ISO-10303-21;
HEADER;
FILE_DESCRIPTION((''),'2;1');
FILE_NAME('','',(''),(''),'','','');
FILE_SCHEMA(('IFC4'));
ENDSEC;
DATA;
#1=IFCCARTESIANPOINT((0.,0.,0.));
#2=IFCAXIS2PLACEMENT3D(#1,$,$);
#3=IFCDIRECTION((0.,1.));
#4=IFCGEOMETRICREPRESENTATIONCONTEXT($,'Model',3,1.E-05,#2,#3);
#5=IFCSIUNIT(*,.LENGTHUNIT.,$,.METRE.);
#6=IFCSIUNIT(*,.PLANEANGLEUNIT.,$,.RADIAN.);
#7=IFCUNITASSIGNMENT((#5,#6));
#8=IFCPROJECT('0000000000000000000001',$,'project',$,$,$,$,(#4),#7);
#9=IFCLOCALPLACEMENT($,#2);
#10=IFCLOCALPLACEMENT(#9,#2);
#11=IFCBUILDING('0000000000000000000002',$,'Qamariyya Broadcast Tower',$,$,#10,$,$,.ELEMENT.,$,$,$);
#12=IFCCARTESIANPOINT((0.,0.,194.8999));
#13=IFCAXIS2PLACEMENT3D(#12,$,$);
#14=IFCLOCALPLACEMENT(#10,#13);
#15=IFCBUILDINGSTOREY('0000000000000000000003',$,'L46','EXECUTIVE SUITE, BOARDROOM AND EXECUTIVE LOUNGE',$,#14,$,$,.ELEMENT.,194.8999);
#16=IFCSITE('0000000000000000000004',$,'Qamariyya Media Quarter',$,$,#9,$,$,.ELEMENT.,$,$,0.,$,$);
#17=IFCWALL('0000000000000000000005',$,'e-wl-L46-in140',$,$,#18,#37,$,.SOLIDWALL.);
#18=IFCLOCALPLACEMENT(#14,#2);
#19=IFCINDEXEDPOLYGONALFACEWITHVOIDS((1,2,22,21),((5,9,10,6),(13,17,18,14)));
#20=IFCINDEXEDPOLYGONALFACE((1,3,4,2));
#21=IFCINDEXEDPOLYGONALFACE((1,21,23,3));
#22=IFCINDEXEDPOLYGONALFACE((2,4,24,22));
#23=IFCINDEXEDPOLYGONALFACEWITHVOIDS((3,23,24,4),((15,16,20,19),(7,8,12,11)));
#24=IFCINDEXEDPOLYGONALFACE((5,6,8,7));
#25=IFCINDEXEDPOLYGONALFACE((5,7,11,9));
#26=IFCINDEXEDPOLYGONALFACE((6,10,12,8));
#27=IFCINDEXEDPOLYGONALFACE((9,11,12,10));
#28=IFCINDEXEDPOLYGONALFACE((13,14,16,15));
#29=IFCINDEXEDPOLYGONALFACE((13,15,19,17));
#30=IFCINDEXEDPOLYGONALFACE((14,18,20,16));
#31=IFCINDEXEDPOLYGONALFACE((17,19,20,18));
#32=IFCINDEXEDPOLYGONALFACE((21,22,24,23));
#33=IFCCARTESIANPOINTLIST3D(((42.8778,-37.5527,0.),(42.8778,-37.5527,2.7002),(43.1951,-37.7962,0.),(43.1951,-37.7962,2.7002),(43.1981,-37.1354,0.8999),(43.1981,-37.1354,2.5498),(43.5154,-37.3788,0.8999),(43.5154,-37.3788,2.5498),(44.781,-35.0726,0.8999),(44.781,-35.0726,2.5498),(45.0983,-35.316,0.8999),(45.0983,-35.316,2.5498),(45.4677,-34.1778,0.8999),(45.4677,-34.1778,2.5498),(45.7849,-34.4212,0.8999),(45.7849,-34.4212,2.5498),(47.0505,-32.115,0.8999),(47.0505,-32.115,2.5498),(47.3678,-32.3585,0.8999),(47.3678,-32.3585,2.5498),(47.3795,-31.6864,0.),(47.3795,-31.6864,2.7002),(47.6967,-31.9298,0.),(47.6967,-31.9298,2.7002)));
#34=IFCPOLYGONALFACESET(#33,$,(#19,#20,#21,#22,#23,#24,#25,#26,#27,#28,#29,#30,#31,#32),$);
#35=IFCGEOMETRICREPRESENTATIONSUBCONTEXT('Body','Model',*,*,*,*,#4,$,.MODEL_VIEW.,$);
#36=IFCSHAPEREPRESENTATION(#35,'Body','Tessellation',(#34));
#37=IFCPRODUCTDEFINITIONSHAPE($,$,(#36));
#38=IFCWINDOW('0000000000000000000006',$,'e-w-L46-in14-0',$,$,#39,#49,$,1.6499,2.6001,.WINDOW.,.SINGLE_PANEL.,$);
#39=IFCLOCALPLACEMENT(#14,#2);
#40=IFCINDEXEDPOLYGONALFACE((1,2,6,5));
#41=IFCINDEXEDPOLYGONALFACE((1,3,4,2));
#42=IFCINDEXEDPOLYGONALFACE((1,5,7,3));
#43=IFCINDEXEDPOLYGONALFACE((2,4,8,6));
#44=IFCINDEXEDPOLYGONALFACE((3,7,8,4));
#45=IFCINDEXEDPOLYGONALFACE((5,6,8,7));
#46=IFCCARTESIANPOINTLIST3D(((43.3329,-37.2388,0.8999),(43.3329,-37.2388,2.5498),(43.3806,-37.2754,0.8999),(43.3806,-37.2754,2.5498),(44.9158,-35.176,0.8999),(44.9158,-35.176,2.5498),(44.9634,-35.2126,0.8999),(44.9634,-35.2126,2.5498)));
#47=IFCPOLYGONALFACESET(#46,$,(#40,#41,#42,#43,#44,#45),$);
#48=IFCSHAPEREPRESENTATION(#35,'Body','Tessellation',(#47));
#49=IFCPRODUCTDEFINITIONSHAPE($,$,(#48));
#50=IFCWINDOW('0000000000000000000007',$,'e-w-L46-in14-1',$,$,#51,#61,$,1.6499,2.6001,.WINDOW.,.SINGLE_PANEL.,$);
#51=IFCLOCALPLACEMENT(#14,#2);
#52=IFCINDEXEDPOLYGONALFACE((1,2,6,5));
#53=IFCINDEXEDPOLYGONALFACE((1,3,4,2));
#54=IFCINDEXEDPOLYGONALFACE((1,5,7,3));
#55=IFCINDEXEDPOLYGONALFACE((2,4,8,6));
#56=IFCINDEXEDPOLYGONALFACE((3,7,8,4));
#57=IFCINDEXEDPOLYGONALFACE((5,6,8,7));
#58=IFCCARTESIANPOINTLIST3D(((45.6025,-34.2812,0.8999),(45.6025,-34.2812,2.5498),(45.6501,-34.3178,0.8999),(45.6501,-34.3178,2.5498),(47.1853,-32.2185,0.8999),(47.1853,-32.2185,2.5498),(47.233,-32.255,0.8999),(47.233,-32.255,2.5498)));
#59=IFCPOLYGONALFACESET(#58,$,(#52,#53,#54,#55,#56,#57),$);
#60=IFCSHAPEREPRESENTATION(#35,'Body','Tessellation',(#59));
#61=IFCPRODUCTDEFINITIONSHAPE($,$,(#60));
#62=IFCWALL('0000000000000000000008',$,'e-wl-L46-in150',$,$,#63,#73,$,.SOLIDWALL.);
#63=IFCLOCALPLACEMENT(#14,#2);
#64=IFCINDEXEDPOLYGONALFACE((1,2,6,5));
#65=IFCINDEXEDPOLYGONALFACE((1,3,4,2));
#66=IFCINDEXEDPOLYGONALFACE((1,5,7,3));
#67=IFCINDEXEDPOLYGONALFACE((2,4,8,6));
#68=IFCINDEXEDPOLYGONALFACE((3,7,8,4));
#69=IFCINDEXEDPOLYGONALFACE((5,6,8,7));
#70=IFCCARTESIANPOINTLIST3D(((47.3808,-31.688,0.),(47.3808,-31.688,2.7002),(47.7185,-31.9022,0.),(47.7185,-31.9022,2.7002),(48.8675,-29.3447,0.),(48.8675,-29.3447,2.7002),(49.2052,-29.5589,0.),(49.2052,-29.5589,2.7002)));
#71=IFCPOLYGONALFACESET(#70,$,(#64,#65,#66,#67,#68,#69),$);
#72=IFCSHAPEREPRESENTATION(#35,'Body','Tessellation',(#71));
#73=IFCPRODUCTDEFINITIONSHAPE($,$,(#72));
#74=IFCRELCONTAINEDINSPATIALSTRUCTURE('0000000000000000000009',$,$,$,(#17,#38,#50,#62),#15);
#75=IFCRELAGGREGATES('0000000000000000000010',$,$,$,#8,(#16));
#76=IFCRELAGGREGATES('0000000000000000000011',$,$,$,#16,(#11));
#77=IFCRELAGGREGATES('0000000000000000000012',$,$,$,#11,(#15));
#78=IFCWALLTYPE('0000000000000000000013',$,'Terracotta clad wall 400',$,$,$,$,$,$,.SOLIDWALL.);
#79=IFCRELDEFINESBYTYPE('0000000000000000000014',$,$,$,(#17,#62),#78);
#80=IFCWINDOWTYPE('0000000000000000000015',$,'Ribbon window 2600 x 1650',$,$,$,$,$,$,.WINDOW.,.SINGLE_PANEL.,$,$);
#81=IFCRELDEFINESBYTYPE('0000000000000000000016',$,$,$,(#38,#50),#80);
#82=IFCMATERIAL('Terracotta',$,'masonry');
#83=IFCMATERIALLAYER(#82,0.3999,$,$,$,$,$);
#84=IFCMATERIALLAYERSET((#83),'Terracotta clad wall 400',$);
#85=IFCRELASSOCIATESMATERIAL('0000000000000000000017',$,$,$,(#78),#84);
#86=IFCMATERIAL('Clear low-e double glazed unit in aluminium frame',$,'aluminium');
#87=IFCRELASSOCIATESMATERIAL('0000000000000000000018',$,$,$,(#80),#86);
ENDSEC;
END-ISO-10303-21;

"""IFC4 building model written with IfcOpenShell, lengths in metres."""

from ifc_helpers import new_model, si_unit, direction, frame, frame_2d, origin, place, context, subcontext, project, spatial, rectangle, extrude, material, layer, layer_set, type_object, element, fill, save


model = new_model("IFC4")

# Units and contexts
model_context = context("Model", 3, precision=1e-05, world=origin(), true_north=direction((0.0, 1.0)))
body_context = subcontext(model_context, "Body", "Model", "MODEL_VIEW")
ifc_project = project(units=[si_unit("LENGTHUNIT", "METRE"), si_unit("PLANEANGLEUNIT", "RADIAN")], contexts=[model_context])

# Site, building, storey
site_placement = place(None, origin())
site = spatial("IfcSite", under=ifc_project, at=site_placement, Name="Qamariyya Media Quarter", CompositionType="ELEMENT", RefElevation=0.0)
building_placement = place(site_placement, origin())
building = spatial("IfcBuilding", under=site, at=building_placement, Name="Qamariyya Broadcast Tower", CompositionType="ELEMENT")
storey_placement = place(building_placement, frame((0.0, 0.0, 194.8999)))
storey = spatial("IfcBuildingStorey", under=building, at=storey_placement, Name="L46", Description="EXECUTIVE SUITE, BOARDROOM AND EXECUTIVE LOUNGE", CompositionType="ELEMENT", Elevation=194.8999)

# Wall, openings, windows
ifc_material_1 = material(Name="Terracotta", Category="masonry")
ifc_layer_1 = layer(ifc_material_1, 0.3999)
ifc_layer_set_1 = layer_set([ifc_layer_1], Name="Terracotta clad wall 400")
wall_type_1 = type_object("IfcWallType", Name="Terracotta clad wall 400", PredefinedType="SOLIDWALL", material=ifc_layer_set_1)
ifc_material_2 = material(Name="Clear low-e double glazed unit in aluminium frame", Category="aluminium")
window_type = type_object("IfcWindowType", Name="Ribbon window 2600 x 1650", PartitioningType="SINGLE_PANEL", PredefinedType="WINDOW", material=ifc_material_2)
wall_1_placement = place(storey_placement, frame((47.5381, -31.8081, 0.0), z_axis=(0.0, 0.0, 1.0), x_axis=(-0.60878, -0.793339, 0.0)))
wall_1 = element("IfcWall", 1, at=wall_1_placement, inside=storey, type_object=wall_type_1, Name="e-wl-L46-in140", PredefinedType="SOLIDWALL", context=body_context, shape_type="SweptSolid", body=[
    extrude(rectangle(XDim=7.3945, YDim=0.3999, at=frame_2d((3.6973, 0.0))), origin(), (0.0, 0.0, 1.0), 2.7002),
])
opening_1_placement = place(wall_1_placement, frame((4.2683, 0.0, 0.8999)))
opening_1 = element("IfcOpeningElement", 2, at=opening_1_placement, cuts=wall_1, PredefinedType="OPENING", context=body_context, shape_type="SweptSolid", body=[
    extrude(rectangle(XDim=2.6001, YDim=1.6499, at=frame_2d((1.3, 0.825))), frame((0.0, 0.21, 0.0), z_axis=(0.0, -1.0, 0.0), x_axis=(1.0, 0.0, 0.0)), (0.0, 0.0, 1.0), 0.4199),
])
opening_2_placement = place(wall_1_placement, frame((0.5403, 0.0, 0.8999)))
opening_2 = element("IfcOpeningElement", 3, at=opening_2_placement, cuts=wall_1, PredefinedType="OPENING", context=body_context, shape_type="SweptSolid", body=[
    extrude(rectangle(XDim=2.6001, YDim=1.6499, at=frame_2d((1.3, 0.825))), frame((0.0, 0.21, 0.0), z_axis=(0.0, -1.0, 0.0), x_axis=(1.0, 0.0, 0.0)), (0.0, 0.0, 1.0), 0.4199),
])
window_1_placement = place(opening_1_placement, origin())
window_1 = element("IfcWindow", 4, at=window_1_placement, inside=storey, type_object=window_type, Name="e-w-L46-in14-0", OverallHeight=1.6499, OverallWidth=2.6001, PartitioningType="SINGLE_PANEL", PredefinedType="WINDOW", context=body_context, shape_type="SweptSolid", body=[
    extrude(rectangle(XDim=2.6001, YDim=1.6499, at=frame_2d((1.3, 0.825))), frame((0.0, 0.03, 0.0), z_axis=(0.0, -1.0, 0.0), x_axis=(1.0, 0.0, 0.0)), (0.0, 0.0, 1.0), 0.0601),
])
fill(opening_1, window_1)
window_2_placement = place(opening_2_placement, origin())
window_2 = element("IfcWindow", 5, at=window_2_placement, inside=storey, type_object=window_type, Name="e-w-L46-in14-1", OverallHeight=1.6499, OverallWidth=2.6001, PartitioningType="SINGLE_PANEL", PredefinedType="WINDOW", context=body_context, shape_type="SweptSolid", body=[
    extrude(rectangle(XDim=2.6001, YDim=1.6499, at=frame_2d((1.3, 0.825))), frame((0.0, 0.03, 0.0), z_axis=(0.0, -1.0, 0.0), x_axis=(1.0, 0.0, 0.0)), (0.0, 0.0, 1.0), 0.0601),
])
fill(opening_2, window_2)

# Wall
wall_2_placement = place(storey_placement, frame((49.0364, -29.4517, 0.0), z_axis=(0.0, 0.0, 1.0), x_axis=(-0.535697, -0.844411, 0.0)))
element("IfcWall", 6, at=wall_2_placement, inside=storey, type_object=wall_type_1, Name="e-wl-L46-in150", PredefinedType="SOLIDWALL", context=body_context, shape_type="SweptSolid", body=[
    extrude(rectangle(XDim=2.7751, YDim=0.3999, at=frame_2d((1.3877, 0.0))), origin(), (0.0, 0.0, 1.0), 2.7002),
])

save(model, "model.ifc")
